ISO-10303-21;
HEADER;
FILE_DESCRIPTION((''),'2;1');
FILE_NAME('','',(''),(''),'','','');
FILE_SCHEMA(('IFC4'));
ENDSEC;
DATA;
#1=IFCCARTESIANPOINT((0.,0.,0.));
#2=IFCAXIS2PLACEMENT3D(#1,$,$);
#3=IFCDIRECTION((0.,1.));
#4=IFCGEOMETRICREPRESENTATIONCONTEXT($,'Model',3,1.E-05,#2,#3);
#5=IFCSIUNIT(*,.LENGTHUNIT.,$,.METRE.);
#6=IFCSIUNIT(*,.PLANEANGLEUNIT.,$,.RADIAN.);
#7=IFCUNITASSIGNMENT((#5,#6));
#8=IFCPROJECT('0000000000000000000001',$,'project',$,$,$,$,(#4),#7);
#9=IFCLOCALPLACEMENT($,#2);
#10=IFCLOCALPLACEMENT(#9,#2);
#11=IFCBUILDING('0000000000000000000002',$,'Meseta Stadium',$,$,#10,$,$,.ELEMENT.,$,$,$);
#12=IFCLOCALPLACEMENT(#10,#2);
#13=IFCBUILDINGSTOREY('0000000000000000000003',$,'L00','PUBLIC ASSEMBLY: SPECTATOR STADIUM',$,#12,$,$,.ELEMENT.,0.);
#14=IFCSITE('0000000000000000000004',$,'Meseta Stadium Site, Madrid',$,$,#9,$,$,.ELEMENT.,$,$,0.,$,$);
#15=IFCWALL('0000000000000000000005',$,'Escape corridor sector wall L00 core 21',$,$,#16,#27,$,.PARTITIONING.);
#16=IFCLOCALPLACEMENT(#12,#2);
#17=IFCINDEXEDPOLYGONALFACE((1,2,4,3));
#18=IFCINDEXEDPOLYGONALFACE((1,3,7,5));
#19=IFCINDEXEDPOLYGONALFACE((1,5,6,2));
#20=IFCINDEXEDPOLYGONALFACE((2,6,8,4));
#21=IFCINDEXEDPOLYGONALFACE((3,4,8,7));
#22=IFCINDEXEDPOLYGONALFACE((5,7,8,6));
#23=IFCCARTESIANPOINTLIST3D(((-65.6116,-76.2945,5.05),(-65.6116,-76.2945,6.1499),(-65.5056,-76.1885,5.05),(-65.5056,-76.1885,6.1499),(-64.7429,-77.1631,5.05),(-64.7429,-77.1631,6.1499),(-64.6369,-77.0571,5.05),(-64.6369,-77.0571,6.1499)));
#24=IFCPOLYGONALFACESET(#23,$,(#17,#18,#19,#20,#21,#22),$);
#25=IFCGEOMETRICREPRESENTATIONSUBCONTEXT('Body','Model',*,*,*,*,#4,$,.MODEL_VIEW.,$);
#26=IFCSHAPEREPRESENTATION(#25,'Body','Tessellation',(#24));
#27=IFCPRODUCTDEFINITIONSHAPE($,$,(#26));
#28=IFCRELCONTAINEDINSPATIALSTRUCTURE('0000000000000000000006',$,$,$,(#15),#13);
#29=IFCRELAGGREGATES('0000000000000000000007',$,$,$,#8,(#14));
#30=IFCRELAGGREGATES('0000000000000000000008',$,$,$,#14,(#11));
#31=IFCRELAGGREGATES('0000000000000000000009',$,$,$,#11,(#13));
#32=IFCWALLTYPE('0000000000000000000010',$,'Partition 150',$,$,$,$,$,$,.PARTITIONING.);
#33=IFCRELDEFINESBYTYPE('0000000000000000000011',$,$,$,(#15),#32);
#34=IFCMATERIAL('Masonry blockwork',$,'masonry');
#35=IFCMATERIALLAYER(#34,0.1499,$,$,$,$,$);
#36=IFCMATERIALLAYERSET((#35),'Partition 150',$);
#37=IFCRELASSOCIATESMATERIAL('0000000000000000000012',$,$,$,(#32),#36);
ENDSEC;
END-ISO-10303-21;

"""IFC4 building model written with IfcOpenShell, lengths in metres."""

from ifc_helpers import new_model, si_unit, direction, frame, frame_2d, origin, place, context, subcontext, project, spatial, rectangle, extrude, material, layer, layer_set, type_object, element, save


model = new_model("IFC4")

# Units and contexts
model_context = context("Model", 3, precision=1e-05, world=origin(), true_north=direction((0.0, 1.0)))
body_context = subcontext(model_context, "Body", "Model", "MODEL_VIEW")
ifc_project = project(units=[si_unit("LENGTHUNIT", "METRE"), si_unit("PLANEANGLEUNIT", "RADIAN")], contexts=[model_context])

# Site, building, storey
site_placement = place(None, origin())
site = spatial("IfcSite", under=ifc_project, at=site_placement, Name="Meseta Stadium Site, Madrid", CompositionType="ELEMENT", RefElevation=0.0)
building_placement = place(site_placement, origin())
building = spatial("IfcBuilding", under=site, at=building_placement, Name="Meseta Stadium", CompositionType="ELEMENT")
storey_placement = place(building_placement, origin())
storey = spatial("IfcBuildingStorey", under=building, at=storey_placement, Name="L00", Description="PUBLIC ASSEMBLY: SPECTATOR STADIUM", CompositionType="ELEMENT", Elevation=0.0)

# Shared definitions
ifc_material_1 = material(Name="Masonry blockwork", Category="masonry")
ifc_layer_1 = layer(ifc_material_1, 0.1499)
ifc_layer_set_1 = layer_set([ifc_layer_1], Name="Partition 150")
wall_type_1 = type_object("IfcWallType", Name="Partition 150", PredefinedType="PARTITIONING", material=ifc_layer_set_1)

# Wall
wall_1_placement = place(storey_placement, frame((-65.5586, -76.2415, 5.05), z_axis=(0.0, 0.0, 1.0), x_axis=(0.707107, -0.707107, 0.0)))
element("IfcWall", 1, at=wall_1_placement, inside=storey, type_object=wall_type_1, Name="Escape corridor sector wall L00 core 21", PredefinedType="PARTITIONING", context=body_context, shape_type="SweptSolid", body=[
    extrude(rectangle(XDim=1.2285, YDim=0.1499, at=frame_2d((0.6143, 0.0))), origin(), (0.0, 0.0, 1.0), 1.0999),
])

save(model, "model.ifc")
